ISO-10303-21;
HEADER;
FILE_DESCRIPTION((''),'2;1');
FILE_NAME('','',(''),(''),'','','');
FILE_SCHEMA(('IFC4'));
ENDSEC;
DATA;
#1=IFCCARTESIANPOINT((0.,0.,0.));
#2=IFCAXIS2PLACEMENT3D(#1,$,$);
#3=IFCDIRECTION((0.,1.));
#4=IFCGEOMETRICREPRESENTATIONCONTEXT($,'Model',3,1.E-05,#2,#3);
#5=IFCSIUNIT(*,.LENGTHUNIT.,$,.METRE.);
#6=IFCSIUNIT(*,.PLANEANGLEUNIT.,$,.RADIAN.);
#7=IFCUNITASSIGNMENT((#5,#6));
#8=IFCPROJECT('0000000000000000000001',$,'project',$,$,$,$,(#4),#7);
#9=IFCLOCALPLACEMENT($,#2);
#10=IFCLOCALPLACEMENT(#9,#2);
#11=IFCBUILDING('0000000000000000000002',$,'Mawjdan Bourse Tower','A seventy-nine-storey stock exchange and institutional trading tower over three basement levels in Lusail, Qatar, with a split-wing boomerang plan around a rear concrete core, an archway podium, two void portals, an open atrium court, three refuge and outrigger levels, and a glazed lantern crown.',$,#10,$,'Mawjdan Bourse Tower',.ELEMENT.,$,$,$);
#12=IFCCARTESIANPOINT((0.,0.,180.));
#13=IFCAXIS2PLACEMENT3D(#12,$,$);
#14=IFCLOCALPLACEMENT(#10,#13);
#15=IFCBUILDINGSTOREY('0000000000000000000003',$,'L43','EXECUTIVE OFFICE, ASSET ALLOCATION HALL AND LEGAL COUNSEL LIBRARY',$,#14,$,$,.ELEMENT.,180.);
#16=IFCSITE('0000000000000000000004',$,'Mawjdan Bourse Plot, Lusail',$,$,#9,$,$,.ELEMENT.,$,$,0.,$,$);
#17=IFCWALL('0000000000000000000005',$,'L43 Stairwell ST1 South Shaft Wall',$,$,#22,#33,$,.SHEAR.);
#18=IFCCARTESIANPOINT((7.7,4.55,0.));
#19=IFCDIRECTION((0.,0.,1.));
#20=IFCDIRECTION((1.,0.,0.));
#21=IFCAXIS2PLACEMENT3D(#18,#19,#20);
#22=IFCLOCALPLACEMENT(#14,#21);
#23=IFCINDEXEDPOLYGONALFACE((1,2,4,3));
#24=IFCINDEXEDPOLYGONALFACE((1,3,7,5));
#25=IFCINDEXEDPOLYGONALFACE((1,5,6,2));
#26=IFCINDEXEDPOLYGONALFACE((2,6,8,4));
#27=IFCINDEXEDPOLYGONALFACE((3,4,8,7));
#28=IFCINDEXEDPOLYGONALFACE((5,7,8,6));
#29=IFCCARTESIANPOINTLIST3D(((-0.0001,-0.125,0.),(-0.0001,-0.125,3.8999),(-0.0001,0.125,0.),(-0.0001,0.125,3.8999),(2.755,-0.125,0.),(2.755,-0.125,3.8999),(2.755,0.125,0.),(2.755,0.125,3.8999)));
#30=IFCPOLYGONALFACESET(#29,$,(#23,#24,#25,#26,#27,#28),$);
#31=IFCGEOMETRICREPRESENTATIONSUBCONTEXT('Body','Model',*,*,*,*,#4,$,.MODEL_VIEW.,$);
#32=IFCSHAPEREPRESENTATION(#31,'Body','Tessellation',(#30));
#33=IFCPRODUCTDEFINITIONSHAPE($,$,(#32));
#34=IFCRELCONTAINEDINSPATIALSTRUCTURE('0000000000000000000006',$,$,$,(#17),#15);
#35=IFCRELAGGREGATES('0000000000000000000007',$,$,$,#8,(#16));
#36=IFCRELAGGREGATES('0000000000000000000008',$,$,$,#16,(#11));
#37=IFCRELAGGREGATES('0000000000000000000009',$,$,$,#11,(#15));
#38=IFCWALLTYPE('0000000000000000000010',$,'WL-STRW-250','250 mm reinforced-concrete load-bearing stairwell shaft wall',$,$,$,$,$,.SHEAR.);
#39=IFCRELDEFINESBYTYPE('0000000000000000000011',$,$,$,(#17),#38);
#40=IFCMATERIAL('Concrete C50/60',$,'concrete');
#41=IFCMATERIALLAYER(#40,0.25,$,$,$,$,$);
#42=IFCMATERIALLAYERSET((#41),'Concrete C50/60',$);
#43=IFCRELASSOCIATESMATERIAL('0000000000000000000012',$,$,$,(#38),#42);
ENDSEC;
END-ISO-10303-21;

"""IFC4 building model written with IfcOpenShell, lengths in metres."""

from ifc_helpers import new_model, si_unit, direction, frame, frame_2d, origin, place, context, subcontext, project, spatial, rectangle, extrude, material, layer, layer_set, type_object, element, save


model = new_model("IFC4")

# Units and contexts
model_context = context("Model", 3, precision=1e-05, world=origin(), true_north=direction((0.0, 1.0)))
body_context = subcontext(model_context, "Body", "Model", "MODEL_VIEW")
ifc_project = project(units=[si_unit("LENGTHUNIT", "METRE"), si_unit("PLANEANGLEUNIT", "RADIAN")], contexts=[model_context])

# Site, building, storey
site_placement = place(None, origin())
site = spatial("IfcSite", under=ifc_project, at=site_placement, Name="Mawjdan Bourse Plot, Lusail", CompositionType="ELEMENT", RefElevation=0.0)
building_placement = place(site_placement, origin())
building = spatial("IfcBuilding", under=site, at=building_placement, Name="Mawjdan Bourse Tower", Description="A seventy-nine-storey stock exchange and institutional trading tower over three basement levels in Lusail, Qatar, with a split-wing boomerang plan around a rear concrete core, an archway podium, two void portals, an open atrium court, three refuge and outrigger levels, and a glazed lantern crown.", LongName="Mawjdan Bourse Tower", CompositionType="ELEMENT")
storey_placement = place(building_placement, frame((0.0, 0.0, 180.0)))
storey = spatial("IfcBuildingStorey", under=building, at=storey_placement, Name="L43", Description="EXECUTIVE OFFICE, ASSET ALLOCATION HALL AND LEGAL COUNSEL LIBRARY", CompositionType="ELEMENT", Elevation=180.0)

# Shared definitions
ifc_material_1 = material(Name="Concrete C50/60", Category="concrete")

# Wall
ifc_layer_1 = layer(ifc_material_1, 0.25)
ifc_layer_set_1 = layer_set([ifc_layer_1], Name="Concrete C50/60")
wall_type_1 = type_object("IfcWallType", Name="WL-STRW-250", Description="250 mm reinforced-concrete load-bearing stairwell shaft wall", PredefinedType="SHEAR", material=ifc_layer_set_1)
wall_1_placement = place(storey_placement, frame((7.7, 4.55, 0.0), z_axis=(0.0, 0.0, 1.0), x_axis=(1.0, 0.0, 0.0)))
element("IfcWall", 1, at=wall_1_placement, inside=storey, type_object=wall_type_1, Name="L43 Stairwell ST1 South Shaft Wall", PredefinedType="SHEAR", context=body_context, shape_type="SweptSolid", body=[
    extrude(rectangle(XDim=2.7551, YDim=0.25, at=frame_2d((1.3774, 0.0))), origin(), (0.0, 0.0, 1.0), 3.8999),
])

save(model, "model.ifc")
